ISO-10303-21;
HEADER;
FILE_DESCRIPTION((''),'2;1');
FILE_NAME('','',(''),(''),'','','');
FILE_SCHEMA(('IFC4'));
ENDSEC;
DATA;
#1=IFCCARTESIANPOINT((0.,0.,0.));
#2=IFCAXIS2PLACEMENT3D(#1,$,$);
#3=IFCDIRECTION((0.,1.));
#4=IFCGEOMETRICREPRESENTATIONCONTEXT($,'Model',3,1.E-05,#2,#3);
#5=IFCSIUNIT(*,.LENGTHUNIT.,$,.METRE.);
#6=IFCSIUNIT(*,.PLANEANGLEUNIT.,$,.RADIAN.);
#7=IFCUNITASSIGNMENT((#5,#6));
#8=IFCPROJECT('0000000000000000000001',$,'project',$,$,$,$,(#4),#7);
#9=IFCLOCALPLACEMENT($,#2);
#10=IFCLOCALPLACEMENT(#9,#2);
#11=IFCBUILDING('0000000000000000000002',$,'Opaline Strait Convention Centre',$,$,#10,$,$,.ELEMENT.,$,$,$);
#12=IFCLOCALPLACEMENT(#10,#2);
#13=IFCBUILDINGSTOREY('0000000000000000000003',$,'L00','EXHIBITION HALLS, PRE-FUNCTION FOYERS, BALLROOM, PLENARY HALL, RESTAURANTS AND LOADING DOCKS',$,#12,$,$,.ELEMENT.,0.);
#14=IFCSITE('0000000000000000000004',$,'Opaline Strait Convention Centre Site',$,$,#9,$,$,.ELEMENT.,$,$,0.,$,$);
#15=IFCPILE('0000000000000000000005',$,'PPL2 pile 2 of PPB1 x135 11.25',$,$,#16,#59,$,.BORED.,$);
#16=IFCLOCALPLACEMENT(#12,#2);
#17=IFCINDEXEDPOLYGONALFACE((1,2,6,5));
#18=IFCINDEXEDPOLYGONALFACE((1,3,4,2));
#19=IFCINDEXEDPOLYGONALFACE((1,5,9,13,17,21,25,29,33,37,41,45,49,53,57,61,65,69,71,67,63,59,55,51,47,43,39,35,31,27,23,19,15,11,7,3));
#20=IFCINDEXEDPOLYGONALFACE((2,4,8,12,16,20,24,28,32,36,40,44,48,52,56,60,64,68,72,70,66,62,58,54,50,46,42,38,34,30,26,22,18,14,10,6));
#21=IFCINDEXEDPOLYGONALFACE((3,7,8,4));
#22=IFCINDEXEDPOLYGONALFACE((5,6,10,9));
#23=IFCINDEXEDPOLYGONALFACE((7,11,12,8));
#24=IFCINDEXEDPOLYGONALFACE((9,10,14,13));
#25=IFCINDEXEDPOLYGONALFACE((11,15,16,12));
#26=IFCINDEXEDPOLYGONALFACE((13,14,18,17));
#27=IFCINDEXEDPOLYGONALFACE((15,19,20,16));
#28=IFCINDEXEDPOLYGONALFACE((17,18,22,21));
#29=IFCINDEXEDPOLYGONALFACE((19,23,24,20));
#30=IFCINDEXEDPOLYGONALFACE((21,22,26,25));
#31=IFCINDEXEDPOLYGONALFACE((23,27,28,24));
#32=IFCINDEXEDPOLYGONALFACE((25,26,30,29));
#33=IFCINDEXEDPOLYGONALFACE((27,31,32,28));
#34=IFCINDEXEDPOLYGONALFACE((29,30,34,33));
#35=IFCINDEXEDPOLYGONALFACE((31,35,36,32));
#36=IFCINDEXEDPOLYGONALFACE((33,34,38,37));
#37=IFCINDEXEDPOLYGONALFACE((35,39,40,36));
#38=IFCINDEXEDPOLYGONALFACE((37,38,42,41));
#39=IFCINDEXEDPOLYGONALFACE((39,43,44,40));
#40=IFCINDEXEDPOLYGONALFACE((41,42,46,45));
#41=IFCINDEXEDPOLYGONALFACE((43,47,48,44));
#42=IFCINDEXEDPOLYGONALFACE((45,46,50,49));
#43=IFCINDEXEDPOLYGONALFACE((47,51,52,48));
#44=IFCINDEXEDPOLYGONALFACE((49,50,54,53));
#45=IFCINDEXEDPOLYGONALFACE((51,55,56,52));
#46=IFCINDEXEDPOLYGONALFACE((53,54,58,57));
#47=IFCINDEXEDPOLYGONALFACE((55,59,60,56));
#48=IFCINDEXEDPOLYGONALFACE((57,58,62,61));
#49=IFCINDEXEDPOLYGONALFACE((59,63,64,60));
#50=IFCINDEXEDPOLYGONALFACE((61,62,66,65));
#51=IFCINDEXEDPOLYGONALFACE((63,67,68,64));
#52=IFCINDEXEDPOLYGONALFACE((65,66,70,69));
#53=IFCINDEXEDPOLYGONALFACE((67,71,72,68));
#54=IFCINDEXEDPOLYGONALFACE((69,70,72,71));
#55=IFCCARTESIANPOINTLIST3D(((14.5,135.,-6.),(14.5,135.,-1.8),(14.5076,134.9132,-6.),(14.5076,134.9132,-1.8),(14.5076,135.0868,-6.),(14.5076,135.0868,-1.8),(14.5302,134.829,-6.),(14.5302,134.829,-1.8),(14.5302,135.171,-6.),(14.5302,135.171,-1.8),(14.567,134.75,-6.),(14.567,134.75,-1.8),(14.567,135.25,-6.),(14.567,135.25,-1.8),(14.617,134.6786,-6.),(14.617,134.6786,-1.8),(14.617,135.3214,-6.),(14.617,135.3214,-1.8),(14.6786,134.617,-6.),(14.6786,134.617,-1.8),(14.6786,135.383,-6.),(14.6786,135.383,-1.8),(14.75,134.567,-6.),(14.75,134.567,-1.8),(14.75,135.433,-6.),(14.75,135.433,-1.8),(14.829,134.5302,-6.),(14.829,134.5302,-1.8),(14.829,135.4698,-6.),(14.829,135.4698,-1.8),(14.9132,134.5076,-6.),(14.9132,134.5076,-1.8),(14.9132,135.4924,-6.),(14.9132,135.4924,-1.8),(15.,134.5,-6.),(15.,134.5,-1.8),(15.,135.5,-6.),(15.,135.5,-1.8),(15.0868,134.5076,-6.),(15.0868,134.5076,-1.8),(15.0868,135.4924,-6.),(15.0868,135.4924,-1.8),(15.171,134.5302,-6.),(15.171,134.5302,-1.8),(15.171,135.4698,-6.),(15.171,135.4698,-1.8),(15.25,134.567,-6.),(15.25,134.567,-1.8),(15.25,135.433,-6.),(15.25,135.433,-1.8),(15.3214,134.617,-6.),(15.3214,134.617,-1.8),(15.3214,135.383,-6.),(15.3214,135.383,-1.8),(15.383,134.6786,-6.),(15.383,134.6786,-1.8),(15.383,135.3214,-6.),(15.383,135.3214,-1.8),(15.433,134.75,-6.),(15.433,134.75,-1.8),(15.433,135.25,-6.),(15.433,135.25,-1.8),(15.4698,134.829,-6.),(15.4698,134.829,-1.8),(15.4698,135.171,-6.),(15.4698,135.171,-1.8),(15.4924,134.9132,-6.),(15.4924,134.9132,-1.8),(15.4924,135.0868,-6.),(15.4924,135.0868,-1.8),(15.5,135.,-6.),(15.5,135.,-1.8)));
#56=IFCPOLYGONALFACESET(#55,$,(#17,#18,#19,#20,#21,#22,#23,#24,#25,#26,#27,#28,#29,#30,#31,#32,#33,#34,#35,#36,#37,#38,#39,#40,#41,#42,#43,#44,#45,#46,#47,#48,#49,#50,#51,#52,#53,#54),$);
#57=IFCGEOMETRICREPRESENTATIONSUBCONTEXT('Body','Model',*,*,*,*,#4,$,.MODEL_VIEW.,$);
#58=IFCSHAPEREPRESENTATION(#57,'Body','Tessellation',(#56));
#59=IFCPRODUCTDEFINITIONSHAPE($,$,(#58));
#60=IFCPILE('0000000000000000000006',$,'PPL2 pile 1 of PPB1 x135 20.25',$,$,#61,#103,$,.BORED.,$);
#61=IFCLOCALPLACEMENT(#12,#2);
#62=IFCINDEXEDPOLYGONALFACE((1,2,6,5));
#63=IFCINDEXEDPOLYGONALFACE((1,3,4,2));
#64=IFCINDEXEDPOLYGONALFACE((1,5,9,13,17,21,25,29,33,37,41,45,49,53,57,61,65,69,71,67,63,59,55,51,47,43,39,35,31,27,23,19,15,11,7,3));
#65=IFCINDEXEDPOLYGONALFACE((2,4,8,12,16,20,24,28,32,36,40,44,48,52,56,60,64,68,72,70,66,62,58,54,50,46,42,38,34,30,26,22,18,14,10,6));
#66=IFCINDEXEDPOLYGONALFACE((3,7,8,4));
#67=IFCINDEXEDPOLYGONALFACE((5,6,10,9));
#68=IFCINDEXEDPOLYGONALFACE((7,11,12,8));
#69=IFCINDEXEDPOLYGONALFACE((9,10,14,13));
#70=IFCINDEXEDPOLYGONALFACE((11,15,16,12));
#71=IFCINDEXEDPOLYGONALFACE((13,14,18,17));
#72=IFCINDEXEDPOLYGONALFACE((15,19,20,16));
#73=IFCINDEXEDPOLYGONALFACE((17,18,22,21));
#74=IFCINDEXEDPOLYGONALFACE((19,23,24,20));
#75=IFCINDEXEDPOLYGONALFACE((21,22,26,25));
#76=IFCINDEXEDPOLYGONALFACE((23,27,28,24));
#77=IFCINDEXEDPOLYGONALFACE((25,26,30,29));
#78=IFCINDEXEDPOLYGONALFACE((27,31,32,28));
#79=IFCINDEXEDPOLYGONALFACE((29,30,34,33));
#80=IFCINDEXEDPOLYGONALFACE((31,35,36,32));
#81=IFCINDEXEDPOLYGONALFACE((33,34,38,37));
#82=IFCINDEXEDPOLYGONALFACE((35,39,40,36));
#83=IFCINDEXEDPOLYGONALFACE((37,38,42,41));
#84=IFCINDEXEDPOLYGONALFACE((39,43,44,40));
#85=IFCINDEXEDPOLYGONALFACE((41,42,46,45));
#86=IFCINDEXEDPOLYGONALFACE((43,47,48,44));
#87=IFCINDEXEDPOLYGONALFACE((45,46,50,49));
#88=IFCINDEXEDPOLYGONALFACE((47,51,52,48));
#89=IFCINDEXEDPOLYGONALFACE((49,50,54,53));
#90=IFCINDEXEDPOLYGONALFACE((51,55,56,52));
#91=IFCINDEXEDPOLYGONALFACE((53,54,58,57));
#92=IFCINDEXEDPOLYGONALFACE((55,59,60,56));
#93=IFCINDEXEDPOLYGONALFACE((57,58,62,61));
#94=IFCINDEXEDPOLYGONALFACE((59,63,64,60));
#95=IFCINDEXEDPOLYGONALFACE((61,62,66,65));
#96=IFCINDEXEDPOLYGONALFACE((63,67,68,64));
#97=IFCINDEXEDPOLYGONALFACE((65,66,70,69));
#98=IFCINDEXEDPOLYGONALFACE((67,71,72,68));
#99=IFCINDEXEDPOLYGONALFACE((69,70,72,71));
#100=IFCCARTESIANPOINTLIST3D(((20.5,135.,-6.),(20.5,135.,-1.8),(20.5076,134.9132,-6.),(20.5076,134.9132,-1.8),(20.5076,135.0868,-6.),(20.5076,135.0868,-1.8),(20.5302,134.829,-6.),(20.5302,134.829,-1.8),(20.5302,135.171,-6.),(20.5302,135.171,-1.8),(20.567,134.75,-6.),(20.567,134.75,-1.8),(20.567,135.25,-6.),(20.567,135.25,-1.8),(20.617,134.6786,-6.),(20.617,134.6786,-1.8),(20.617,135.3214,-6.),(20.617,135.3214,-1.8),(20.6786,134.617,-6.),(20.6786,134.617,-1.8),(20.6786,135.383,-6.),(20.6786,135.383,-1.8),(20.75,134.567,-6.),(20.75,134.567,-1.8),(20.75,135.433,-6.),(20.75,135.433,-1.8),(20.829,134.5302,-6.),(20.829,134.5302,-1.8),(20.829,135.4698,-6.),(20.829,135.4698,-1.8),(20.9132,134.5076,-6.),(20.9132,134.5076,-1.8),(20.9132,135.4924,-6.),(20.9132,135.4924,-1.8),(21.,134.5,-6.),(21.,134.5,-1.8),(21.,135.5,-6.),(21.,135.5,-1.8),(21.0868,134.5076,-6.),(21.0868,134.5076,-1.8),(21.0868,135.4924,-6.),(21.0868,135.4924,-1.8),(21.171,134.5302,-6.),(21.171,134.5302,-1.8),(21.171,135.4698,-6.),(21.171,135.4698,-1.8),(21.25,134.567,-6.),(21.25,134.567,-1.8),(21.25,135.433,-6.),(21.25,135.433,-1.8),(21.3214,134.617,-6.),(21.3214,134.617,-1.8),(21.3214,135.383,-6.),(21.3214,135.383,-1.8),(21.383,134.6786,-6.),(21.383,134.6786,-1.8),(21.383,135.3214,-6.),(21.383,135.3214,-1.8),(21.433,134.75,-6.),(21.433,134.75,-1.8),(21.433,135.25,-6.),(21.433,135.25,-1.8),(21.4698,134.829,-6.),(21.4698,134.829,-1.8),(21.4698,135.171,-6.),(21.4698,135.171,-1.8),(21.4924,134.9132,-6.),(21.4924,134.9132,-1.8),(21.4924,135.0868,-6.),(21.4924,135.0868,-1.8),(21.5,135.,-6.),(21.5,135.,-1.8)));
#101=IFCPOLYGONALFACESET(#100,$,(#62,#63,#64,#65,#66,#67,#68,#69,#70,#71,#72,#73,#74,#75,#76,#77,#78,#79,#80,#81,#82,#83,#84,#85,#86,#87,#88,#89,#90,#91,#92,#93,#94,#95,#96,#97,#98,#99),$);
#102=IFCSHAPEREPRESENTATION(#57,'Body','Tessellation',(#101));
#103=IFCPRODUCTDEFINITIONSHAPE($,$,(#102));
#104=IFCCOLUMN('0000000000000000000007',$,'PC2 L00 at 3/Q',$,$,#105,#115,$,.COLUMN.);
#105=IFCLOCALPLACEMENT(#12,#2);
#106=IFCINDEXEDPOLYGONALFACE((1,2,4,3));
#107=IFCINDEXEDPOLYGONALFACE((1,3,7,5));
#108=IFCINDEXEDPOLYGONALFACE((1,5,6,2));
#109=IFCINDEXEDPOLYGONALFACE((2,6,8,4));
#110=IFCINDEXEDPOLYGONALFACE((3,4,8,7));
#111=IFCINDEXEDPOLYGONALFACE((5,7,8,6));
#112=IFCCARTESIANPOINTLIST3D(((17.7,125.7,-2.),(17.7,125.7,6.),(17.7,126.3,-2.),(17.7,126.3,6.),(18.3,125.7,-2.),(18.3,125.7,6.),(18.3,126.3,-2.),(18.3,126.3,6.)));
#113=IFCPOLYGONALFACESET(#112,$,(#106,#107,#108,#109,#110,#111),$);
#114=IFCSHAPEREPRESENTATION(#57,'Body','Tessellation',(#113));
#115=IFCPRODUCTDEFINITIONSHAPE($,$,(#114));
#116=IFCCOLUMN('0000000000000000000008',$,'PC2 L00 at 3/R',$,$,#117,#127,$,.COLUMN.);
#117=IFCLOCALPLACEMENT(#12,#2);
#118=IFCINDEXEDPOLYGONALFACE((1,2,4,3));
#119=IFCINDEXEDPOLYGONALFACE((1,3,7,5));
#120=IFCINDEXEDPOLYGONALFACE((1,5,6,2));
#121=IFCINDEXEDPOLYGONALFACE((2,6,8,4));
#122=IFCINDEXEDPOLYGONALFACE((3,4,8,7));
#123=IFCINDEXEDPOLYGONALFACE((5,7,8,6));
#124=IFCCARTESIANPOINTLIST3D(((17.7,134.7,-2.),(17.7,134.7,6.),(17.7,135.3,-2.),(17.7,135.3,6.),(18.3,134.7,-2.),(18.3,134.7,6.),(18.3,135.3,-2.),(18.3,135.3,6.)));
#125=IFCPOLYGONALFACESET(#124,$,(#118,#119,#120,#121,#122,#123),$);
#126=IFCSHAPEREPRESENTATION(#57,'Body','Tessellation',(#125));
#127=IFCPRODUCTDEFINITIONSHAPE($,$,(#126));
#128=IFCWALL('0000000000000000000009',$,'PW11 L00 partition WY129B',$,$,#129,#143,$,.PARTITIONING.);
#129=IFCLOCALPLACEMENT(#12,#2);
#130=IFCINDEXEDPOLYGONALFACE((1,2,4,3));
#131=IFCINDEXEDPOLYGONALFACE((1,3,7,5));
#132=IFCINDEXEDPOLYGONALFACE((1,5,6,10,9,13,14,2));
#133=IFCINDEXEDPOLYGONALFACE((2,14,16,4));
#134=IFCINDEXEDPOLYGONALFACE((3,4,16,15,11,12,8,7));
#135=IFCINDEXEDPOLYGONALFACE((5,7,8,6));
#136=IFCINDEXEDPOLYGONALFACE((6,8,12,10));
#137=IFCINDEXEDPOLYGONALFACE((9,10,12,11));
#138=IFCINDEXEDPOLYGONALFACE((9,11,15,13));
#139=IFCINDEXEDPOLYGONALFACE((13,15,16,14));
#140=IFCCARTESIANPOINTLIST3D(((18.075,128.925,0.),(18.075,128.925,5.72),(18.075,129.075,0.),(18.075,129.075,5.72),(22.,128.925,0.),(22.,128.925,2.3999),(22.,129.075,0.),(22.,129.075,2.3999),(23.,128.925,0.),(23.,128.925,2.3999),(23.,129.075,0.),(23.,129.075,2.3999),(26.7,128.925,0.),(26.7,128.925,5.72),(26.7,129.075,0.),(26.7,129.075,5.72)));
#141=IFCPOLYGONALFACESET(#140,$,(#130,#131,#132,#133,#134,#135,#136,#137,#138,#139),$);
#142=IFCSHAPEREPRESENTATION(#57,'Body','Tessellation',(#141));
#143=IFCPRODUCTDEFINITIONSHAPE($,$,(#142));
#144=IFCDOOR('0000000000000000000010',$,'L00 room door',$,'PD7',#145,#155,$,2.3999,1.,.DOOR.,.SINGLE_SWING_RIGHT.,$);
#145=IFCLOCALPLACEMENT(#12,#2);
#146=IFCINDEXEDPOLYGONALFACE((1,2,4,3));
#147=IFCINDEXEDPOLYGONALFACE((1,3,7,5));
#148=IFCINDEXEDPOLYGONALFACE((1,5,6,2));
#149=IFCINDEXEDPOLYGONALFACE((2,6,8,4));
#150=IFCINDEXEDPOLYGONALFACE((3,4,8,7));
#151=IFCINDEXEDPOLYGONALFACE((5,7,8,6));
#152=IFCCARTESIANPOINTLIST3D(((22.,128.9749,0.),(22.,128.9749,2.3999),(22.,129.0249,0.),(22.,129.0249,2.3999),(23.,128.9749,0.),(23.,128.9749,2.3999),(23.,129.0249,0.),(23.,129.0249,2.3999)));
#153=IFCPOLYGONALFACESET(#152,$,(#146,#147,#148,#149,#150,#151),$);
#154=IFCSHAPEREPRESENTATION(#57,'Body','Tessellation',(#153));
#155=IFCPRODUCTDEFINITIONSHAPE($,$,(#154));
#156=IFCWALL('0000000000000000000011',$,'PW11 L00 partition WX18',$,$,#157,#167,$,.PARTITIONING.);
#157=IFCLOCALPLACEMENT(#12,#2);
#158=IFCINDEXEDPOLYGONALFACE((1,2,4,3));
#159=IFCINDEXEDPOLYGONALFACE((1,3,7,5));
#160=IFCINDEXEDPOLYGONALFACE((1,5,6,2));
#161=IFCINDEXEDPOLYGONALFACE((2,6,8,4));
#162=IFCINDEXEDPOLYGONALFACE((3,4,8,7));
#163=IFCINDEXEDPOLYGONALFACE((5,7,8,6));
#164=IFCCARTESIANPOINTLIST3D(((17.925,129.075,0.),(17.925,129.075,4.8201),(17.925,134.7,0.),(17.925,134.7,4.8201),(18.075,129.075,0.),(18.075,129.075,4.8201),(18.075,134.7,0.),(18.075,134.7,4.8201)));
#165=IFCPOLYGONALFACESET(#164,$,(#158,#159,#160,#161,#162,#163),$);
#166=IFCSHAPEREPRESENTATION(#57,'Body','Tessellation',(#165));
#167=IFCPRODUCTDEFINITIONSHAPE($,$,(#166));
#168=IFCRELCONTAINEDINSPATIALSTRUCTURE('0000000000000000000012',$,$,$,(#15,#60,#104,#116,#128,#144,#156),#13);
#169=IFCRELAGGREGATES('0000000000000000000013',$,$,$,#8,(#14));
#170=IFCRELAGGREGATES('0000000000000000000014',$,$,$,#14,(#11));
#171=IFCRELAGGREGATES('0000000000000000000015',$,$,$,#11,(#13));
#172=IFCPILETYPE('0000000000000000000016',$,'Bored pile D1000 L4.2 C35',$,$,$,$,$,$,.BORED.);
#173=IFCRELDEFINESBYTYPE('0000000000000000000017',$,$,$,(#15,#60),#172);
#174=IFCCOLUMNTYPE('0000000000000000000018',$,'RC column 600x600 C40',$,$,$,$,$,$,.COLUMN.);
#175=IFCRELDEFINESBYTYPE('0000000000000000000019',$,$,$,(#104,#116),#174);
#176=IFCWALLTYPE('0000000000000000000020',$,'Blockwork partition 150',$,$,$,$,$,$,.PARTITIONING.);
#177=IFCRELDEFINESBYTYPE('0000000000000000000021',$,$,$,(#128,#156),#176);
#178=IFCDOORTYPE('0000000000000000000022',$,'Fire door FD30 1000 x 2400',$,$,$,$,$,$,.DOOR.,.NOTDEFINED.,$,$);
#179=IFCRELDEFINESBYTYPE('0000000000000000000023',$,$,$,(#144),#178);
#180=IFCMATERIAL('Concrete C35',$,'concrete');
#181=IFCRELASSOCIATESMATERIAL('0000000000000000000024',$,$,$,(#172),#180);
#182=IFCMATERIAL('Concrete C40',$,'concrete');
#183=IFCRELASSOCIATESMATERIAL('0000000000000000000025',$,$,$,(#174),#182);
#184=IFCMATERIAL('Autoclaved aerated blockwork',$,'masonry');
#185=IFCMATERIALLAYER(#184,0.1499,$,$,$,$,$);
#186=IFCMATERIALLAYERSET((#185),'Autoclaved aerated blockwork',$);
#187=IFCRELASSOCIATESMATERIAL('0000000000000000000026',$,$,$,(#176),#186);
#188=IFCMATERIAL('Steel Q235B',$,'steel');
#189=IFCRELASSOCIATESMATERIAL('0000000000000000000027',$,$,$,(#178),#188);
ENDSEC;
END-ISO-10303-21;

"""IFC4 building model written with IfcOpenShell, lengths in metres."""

from ifc_helpers import new_model, si_unit, direction, frame, frame_2d, origin, origin_2d, place, context, subcontext, project, spatial, rectangle, circle, extrude, material, layer, layer_set, material_profile, profile_set, type_object, element, fill, save


model = new_model("IFC4")

# Units and contexts
model_context = context("Model", 3, precision=1e-05, world=origin(), true_north=direction((0.0, 1.0)))
body_context = subcontext(model_context, "Body", "Model", "MODEL_VIEW")
ifc_project = project(units=[si_unit("LENGTHUNIT", "METRE"), si_unit("PLANEANGLEUNIT", "RADIAN")], contexts=[model_context])

# Site, building, storey
site_placement = place(None, origin())
site = spatial("IfcSite", under=ifc_project, at=site_placement, Name="Opaline Strait Convention Centre Site", CompositionType="ELEMENT", RefElevation=0.0)
building_placement = place(site_placement, origin())
building = spatial("IfcBuilding", under=site, at=building_placement, Name="Opaline Strait Convention Centre", CompositionType="ELEMENT")
storey_placement = place(building_placement, origin())
storey = spatial("IfcBuildingStorey", under=building, at=storey_placement, Name="L00", Description="EXHIBITION HALLS, PRE-FUNCTION FOYERS, BALLROOM, PLENARY HALL, RESTAURANTS AND LOADING DOCKS", CompositionType="ELEMENT", Elevation=0.0)

# Piles
ifc_material_1 = material(Name="Concrete C35", Category="concrete")
ifc_material_profile_1 = material_profile(ifc_material_1, circle(Radius=0.5, at=origin_2d()), Name="D1000")
ifc_profile_set_1 = profile_set([ifc_material_profile_1], Name="Concrete C35")
pile_type_1 = type_object("IfcPileType", Name="Bored pile D1000 L4.2 C35", PredefinedType="BORED", material=ifc_profile_set_1)
for number, where, z_axis, x_axis, name in (
    (1, (15.0, 135.0, -1.8), (0.0, 0.0, -1.0), (1.0, 0.0, 0.0), "PPL2 pile 2 of PPB1 x135 11.25"),
    (2, (21.0, 135.0, -1.8), (0.0, 0.0, -1.0), (1.0, 0.0, 0.0), "PPL2 pile 1 of PPB1 x135 20.25"),
):
    element("IfcPile", number, at=place(storey_placement, frame(where, z_axis=z_axis, x_axis=x_axis)), inside=storey, type_object=pile_type_1, Name=name, PredefinedType="BORED", context=body_context, shape_type="SweptSolid", body=[
        extrude(circle(Radius=0.5, at=origin_2d()), origin(), (0.0, 0.0, 1.0), 4.2),
    ])

# Columns
ifc_material_2 = material(Name="Concrete C40", Category="concrete")
ifc_material_profile_2 = material_profile(ifc_material_2, rectangle(XDim=0.6001, YDim=0.6001, at=origin_2d()), Name="RC 600x600")
ifc_profile_set_2 = profile_set([ifc_material_profile_2], Name="Concrete C40")
column_type = type_object("IfcColumnType", Name="RC column 600x600 C40", PredefinedType="COLUMN", material=ifc_profile_set_2)
for number, where, z_axis, x_axis, name in (
    (3, (18.0, 126.0, -2.0), (0.0, 0.0, 1.0), (1.0, 0.0, 0.0), "PC2 L00 at 3/Q"),
    (4, (18.0, 135.0, -2.0), (0.0, 0.0, 1.0), (1.0, 0.0, 0.0), "PC2 L00 at 3/R"),
):
    element("IfcColumn", number, at=place(storey_placement, frame(where, z_axis=z_axis, x_axis=x_axis)), inside=storey, type_object=column_type, Name=name, PredefinedType="COLUMN", context=body_context, shape_type="SweptSolid", body=[
        extrude(rectangle(XDim=0.6001, YDim=0.6001, at=origin_2d()), origin(), (0.0, 0.0, 1.0), 8.0),
    ])

# Wall, opening, door
ifc_material_3 = material(Name="Autoclaved aerated blockwork", Category="masonry")
ifc_layer_1 = layer(ifc_material_3, 0.1499)
ifc_layer_set_1 = layer_set([ifc_layer_1], Name="Autoclaved aerated blockwork")
wall_type_1 = type_object("IfcWallType", Name="Blockwork partition 150", PredefinedType="PARTITIONING", material=ifc_layer_set_1)
wall_1_placement = place(storey_placement, frame((18.075, 129.0, 0.0), z_axis=(0.0, 0.0, 1.0), x_axis=(1.0, 0.0, 0.0)))
wall_1 = element("IfcWall", 5, at=wall_1_placement, inside=storey, type_object=wall_type_1, Name="PW11 L00 partition WY129B", PredefinedType="PARTITIONING", context=body_context, shape_type="SweptSolid", body=[
    extrude(rectangle(XDim=8.625, YDim=0.1499, at=frame_2d((4.3125, 0.0))), origin(), (0.0, 0.0, 1.0), 5.72),
])
opening_1_placement = place(wall_1_placement, frame((3.925, 0.0, 0.0)))
opening_1 = element("IfcOpeningElement", 6, at=opening_1_placement, cuts=wall_1, PredefinedType="OPENING", context=body_context, shape_type="SweptSolid", body=[
    extrude(rectangle(XDim=1.0, YDim=2.3999, at=frame_2d((0.5, 1.2))), frame((0.0, 0.085, 0.0), z_axis=(0.0, -1.0, 0.0), x_axis=(1.0, 0.0, 0.0)), (0.0, 0.0, 1.0), 0.1699),
])
ifc_material_4 = material(Name="Steel Q235B", Category="steel")
door_type = type_object("IfcDoorType", Name="Fire door FD30 1000 x 2400", OperationType="NOTDEFINED", PredefinedType="DOOR", material=ifc_material_4)
door_1_placement = place(opening_1_placement, origin())
door_1 = element("IfcDoor", 7, at=door_1_placement, inside=storey, type_object=door_type, Name="L00 room door", ObjectType="PD7", OperationType="SINGLE_SWING_RIGHT", OverallHeight=2.3999, OverallWidth=1.0, PredefinedType="DOOR", context=body_context, shape_type="SweptSolid", body=[
    extrude(rectangle(XDim=1.0, YDim=2.3999, at=frame_2d((0.5, 1.2))), frame((0.0, 0.0249, 0.0), z_axis=(0.0, -1.0, 0.0), x_axis=(1.0, 0.0, 0.0)), (0.0, 0.0, 1.0), 0.05),
])
fill(opening_1, door_1)

# Wall
wall_2_placement = place(storey_placement, frame((18.0, 129.075, 0.0), z_axis=(0.0, 0.0, 1.0), x_axis=(0.0, 1.0, 0.0)))
element("IfcWall", 8, at=wall_2_placement, inside=storey, type_object=wall_type_1, Name="PW11 L00 partition WX18", PredefinedType="PARTITIONING", context=body_context, shape_type="SweptSolid", body=[
    extrude(rectangle(XDim=5.625, YDim=0.1499, at=frame_2d((2.8125, 0.0))), origin(), (0.0, 0.0, 1.0), 4.8201),
])

save(model, "model.ifc")
